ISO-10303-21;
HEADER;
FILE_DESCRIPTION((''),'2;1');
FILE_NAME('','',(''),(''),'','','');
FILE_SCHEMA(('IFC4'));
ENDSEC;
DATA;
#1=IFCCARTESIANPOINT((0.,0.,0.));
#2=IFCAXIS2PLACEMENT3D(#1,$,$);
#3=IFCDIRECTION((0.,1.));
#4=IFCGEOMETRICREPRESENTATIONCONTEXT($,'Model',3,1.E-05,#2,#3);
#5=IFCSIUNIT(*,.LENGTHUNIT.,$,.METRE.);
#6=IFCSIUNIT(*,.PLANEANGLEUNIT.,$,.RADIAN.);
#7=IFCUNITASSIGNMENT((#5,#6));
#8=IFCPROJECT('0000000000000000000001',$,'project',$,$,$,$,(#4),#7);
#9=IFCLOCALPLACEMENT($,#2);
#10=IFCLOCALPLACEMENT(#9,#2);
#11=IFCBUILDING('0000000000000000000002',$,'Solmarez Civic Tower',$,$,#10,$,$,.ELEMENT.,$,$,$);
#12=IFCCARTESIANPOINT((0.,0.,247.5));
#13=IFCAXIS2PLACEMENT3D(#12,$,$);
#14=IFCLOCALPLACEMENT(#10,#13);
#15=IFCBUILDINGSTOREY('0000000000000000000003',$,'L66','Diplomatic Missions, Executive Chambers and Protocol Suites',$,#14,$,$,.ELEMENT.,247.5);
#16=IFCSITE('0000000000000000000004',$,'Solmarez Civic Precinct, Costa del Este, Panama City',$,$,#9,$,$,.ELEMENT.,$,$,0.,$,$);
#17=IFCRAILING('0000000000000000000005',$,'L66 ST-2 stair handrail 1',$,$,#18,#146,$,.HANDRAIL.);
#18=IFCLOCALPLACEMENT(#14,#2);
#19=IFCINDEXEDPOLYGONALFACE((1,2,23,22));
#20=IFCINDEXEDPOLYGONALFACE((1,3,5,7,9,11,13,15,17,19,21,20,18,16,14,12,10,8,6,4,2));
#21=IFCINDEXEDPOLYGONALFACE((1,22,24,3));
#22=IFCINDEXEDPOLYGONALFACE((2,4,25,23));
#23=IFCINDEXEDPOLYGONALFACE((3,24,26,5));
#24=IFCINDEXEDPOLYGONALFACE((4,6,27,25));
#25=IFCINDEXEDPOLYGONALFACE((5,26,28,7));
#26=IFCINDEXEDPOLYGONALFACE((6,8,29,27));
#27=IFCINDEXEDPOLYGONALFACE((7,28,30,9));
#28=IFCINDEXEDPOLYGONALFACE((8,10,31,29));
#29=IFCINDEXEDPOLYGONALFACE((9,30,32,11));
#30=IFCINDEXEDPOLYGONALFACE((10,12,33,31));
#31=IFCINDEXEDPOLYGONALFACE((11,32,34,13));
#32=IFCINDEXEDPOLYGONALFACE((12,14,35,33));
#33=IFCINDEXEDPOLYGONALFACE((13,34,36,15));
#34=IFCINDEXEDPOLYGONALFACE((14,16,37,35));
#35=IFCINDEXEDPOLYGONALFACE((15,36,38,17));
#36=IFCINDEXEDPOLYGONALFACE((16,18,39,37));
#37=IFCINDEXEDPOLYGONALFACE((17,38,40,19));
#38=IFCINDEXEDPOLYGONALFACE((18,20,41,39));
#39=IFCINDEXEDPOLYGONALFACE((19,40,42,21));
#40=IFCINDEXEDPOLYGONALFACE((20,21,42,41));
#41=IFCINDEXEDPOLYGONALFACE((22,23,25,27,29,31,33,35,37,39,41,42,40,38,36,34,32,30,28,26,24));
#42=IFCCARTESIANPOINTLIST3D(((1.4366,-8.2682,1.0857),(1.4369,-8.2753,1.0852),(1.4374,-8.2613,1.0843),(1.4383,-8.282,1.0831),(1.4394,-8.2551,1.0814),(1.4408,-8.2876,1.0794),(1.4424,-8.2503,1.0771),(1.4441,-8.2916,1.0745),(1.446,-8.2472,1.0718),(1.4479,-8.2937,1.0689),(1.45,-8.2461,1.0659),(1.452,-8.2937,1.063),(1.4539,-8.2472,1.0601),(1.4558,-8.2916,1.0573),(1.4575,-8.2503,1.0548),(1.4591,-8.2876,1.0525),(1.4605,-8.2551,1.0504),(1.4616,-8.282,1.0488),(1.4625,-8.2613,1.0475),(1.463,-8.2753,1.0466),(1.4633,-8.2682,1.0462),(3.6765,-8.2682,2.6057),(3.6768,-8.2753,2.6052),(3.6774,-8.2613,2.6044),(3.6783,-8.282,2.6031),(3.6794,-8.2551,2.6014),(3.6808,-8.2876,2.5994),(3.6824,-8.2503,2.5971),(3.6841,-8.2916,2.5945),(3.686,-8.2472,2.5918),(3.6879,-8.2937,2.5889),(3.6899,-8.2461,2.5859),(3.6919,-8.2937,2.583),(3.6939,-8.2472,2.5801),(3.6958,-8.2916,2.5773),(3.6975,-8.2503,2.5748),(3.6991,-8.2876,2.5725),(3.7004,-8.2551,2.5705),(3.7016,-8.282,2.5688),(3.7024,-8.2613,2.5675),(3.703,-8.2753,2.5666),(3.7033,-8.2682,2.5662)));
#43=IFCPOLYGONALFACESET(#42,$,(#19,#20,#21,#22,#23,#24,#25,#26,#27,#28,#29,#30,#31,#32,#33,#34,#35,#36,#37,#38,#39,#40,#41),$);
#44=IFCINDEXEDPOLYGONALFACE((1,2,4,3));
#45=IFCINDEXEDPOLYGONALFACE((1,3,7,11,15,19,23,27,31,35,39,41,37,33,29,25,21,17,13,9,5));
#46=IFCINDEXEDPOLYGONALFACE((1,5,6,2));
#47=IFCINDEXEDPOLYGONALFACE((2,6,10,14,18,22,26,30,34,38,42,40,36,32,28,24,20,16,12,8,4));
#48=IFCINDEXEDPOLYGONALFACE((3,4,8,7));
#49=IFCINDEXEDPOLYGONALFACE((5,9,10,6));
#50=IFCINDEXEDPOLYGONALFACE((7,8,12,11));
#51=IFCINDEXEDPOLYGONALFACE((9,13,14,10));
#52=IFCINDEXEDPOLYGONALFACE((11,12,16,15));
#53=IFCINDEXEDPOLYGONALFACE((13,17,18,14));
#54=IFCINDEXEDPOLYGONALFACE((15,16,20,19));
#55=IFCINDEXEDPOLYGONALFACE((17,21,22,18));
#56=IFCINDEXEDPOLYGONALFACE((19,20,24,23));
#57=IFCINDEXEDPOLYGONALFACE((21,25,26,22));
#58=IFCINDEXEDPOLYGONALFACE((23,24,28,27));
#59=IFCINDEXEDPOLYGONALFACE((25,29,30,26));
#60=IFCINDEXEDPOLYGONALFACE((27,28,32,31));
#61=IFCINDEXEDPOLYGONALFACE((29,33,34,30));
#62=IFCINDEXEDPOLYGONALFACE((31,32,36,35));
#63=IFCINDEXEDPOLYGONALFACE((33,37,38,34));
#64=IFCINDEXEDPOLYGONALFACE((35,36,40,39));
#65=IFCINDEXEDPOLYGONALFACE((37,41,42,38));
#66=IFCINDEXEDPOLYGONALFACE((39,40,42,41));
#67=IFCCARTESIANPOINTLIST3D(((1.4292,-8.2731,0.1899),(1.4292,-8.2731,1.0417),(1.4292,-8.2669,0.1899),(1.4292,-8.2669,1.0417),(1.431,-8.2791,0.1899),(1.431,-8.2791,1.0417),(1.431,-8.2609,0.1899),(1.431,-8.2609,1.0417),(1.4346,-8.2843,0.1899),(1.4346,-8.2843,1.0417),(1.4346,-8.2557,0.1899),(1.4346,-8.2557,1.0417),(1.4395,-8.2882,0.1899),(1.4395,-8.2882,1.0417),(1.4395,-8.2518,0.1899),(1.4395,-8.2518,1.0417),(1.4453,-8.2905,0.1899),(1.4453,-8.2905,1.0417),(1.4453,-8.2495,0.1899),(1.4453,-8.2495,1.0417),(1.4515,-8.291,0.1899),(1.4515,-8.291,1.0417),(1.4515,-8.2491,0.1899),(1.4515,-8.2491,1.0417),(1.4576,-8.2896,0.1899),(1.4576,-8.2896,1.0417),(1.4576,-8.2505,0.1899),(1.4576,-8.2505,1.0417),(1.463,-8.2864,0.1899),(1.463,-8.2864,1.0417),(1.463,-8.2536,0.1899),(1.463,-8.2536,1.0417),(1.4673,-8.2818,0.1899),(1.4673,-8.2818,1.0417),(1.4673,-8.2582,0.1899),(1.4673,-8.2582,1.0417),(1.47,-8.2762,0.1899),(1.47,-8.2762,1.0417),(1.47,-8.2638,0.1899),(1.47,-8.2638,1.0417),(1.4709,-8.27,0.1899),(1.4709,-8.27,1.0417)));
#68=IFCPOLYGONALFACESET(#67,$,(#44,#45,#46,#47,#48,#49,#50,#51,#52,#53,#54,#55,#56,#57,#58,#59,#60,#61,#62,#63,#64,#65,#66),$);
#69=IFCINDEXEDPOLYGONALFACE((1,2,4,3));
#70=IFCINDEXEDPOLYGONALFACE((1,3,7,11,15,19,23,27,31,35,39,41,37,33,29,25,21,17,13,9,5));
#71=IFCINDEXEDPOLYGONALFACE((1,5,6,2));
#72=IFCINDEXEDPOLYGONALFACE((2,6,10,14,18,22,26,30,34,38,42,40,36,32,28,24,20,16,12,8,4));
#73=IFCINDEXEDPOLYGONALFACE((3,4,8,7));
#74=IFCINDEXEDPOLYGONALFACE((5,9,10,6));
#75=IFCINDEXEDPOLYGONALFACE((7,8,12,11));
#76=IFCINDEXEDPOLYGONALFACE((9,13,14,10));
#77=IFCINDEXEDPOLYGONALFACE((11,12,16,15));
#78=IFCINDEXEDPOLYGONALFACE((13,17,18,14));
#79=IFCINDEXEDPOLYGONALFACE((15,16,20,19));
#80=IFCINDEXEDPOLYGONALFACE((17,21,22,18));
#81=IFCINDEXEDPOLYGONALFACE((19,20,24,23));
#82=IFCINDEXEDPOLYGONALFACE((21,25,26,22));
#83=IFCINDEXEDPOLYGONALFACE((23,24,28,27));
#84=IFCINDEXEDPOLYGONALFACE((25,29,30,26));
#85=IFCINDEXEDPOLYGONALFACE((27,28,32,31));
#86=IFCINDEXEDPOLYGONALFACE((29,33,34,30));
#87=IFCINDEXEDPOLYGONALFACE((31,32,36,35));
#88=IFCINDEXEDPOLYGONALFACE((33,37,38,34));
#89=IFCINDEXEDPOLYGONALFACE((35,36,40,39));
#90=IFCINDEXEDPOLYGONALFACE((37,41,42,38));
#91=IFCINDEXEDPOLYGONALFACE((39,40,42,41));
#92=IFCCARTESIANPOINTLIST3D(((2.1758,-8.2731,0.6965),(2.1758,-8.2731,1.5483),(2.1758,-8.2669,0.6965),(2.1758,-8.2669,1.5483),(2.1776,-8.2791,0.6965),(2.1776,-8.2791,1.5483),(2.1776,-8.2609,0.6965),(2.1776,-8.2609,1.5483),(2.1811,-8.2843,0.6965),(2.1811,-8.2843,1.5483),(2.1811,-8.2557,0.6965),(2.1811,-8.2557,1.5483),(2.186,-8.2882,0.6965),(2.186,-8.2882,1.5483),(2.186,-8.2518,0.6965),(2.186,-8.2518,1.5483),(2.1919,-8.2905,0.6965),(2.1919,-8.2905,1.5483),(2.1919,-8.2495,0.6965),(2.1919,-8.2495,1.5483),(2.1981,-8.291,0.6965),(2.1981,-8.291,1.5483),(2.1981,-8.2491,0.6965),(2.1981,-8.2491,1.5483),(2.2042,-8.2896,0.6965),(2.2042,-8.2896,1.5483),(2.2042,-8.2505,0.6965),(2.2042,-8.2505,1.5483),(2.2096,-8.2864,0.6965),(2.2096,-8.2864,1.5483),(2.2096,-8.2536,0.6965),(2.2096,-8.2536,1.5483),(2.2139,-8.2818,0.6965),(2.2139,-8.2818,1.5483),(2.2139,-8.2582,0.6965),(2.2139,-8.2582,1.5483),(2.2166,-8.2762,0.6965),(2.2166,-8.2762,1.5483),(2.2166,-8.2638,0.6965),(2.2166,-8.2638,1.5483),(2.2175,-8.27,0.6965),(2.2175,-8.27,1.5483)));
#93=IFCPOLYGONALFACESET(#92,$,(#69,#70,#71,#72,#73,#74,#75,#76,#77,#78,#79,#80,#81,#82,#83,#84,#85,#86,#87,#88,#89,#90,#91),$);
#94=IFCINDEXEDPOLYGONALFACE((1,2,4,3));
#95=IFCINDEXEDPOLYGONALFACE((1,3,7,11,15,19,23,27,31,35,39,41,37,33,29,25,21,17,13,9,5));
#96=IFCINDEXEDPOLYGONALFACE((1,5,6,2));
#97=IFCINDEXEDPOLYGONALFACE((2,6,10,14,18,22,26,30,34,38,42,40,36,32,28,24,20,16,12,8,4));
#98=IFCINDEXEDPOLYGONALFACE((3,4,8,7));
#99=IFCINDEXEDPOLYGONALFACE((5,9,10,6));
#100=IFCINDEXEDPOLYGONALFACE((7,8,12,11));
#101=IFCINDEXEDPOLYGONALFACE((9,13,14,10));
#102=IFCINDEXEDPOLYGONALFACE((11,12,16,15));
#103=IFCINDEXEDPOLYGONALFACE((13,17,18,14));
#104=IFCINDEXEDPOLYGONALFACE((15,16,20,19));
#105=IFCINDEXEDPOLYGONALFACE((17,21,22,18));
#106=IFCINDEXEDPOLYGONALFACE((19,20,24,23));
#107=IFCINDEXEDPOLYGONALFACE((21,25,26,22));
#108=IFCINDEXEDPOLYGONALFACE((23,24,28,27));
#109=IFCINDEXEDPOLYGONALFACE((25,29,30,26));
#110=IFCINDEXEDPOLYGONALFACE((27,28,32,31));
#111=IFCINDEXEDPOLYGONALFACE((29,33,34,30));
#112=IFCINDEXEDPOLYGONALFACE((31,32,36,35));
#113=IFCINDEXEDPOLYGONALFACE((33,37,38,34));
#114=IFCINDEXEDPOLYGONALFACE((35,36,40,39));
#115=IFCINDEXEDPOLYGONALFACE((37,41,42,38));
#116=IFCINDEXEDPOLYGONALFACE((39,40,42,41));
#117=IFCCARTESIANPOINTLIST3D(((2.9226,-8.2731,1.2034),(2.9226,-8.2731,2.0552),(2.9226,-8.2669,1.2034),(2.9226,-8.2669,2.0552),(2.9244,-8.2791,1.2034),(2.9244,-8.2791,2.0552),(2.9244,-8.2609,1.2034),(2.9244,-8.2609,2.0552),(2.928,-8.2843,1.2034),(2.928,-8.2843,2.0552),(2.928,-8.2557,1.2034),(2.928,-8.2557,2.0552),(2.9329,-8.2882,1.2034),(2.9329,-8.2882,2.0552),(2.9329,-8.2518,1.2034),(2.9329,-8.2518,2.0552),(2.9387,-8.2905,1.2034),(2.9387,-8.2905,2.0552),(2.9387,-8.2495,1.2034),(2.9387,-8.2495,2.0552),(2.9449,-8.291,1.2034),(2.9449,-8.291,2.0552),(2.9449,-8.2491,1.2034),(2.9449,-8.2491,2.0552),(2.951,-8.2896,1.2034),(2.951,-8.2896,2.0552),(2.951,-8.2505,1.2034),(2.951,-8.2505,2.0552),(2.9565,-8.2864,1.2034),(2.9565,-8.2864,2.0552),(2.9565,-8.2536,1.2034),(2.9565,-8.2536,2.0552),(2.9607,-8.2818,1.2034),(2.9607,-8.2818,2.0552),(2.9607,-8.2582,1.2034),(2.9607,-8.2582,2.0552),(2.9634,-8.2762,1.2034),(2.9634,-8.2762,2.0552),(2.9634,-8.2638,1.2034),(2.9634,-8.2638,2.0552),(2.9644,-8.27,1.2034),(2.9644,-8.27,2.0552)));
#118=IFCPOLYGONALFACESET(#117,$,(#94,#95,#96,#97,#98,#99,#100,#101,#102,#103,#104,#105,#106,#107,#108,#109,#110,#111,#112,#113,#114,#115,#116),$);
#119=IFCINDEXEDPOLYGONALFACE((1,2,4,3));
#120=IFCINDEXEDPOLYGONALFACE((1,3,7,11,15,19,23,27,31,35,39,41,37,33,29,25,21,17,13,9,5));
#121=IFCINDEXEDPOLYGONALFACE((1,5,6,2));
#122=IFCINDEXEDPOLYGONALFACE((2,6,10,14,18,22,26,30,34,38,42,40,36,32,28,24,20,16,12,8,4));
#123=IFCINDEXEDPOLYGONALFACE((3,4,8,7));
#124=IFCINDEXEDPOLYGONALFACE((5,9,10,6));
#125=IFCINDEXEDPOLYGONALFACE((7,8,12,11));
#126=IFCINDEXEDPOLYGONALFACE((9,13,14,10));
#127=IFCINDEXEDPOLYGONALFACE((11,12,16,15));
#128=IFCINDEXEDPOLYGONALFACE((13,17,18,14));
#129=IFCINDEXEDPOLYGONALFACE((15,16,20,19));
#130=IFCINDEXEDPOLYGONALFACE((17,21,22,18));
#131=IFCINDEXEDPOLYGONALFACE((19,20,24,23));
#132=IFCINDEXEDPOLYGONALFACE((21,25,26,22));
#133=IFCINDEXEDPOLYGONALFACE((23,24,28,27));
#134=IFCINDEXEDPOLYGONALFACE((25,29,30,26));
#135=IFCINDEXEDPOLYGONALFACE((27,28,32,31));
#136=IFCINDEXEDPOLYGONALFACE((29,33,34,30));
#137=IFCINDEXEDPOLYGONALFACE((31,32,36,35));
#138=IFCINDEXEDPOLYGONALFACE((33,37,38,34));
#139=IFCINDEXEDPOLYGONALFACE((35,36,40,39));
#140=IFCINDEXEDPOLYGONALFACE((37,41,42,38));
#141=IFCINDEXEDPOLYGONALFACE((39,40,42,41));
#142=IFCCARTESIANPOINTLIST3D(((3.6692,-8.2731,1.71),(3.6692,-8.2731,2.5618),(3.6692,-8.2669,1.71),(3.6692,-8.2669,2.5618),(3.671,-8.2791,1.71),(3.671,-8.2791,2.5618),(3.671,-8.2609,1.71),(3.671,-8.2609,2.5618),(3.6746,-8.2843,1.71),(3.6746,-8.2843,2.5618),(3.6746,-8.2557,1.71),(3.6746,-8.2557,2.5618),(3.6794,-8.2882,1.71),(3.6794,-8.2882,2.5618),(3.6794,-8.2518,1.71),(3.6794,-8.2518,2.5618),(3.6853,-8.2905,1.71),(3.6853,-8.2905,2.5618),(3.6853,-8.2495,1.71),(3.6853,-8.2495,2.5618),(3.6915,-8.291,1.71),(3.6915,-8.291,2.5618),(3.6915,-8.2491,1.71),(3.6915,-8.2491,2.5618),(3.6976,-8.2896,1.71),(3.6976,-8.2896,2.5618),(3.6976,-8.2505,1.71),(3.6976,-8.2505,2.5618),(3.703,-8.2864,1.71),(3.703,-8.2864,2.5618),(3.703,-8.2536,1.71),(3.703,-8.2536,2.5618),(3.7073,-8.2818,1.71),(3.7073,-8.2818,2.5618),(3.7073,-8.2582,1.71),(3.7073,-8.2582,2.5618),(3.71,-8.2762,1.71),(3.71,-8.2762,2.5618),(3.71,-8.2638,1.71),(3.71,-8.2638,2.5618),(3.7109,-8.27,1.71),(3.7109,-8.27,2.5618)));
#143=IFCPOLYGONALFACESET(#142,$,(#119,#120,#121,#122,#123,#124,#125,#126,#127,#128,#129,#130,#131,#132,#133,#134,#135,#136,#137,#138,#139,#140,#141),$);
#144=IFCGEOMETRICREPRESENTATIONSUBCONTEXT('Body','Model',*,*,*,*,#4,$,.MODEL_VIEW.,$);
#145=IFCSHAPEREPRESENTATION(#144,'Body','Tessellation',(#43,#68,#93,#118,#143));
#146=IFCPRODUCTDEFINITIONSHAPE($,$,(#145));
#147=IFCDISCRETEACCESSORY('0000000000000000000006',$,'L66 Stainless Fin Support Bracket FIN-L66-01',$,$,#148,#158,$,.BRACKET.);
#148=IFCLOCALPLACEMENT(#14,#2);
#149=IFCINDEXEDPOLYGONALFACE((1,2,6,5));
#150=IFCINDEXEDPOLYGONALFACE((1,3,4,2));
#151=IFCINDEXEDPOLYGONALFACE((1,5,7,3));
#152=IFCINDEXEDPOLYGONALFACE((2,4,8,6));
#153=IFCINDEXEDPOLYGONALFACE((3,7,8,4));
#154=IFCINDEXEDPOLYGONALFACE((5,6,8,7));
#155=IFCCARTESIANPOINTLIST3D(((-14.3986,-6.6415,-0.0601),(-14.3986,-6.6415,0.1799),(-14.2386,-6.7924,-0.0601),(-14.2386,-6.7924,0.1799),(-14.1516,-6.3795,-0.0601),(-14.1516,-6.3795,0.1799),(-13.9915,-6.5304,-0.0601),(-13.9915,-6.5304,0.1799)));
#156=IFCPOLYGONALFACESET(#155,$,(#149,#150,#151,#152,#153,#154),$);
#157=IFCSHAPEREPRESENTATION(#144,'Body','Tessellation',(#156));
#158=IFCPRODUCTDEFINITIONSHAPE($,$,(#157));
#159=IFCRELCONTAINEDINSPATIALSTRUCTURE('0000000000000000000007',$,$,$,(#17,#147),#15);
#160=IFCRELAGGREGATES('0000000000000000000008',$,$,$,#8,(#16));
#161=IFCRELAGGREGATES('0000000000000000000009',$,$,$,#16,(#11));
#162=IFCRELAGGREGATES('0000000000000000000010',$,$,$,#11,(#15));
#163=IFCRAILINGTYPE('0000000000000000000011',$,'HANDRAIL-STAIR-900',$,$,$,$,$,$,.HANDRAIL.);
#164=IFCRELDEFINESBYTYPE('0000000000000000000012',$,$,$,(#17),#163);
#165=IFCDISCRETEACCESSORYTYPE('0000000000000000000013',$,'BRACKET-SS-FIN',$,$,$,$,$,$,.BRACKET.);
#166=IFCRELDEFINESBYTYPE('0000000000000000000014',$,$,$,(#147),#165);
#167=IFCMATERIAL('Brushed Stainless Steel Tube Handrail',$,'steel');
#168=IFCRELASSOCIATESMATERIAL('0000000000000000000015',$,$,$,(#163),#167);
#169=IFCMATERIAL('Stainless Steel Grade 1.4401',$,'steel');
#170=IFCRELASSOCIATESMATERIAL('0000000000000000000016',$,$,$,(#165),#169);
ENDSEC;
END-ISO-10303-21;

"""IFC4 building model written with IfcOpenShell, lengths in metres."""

from ifc_helpers import new_model, si_unit, direction, frame, origin, origin_2d, place, context, subcontext, project, spatial, rectangle, circle, extrude, material, type_object, element, save


model = new_model("IFC4")

# Units and contexts
model_context = context("Model", 3, precision=1e-05, world=origin(), true_north=direction((0.0, 1.0)))
body_context = subcontext(model_context, "Body", "Model", "MODEL_VIEW")
ifc_project = project(units=[si_unit("LENGTHUNIT", "METRE"), si_unit("PLANEANGLEUNIT", "RADIAN")], contexts=[model_context])

# Site, building, storey
site_placement = place(None, origin())
site = spatial("IfcSite", under=ifc_project, at=site_placement, Name="Solmarez Civic Precinct, Costa del Este, Panama City", CompositionType="ELEMENT", RefElevation=0.0)
building_placement = place(site_placement, origin())
building = spatial("IfcBuilding", under=site, at=building_placement, Name="Solmarez Civic Tower", CompositionType="ELEMENT")
storey_placement = place(building_placement, frame((0.0, 0.0, 247.5)))
storey = spatial("IfcBuildingStorey", under=building, at=storey_placement, Name="L66", Description="Diplomatic Missions, Executive Chambers and Protocol Suites", CompositionType="ELEMENT", Elevation=247.5)

# Railing
ifc_material_1 = material(Name="Brushed Stainless Steel Tube Handrail", Category="steel")
railing_type_1 = type_object("IfcRailingType", Name="HANDRAIL-STAIR-900", PredefinedType="HANDRAIL", material=ifc_material_1)
railing_1_placement = place(storey_placement, frame((1.45, -8.27, 0.1899)))
element("IfcRailing", 1, at=railing_1_placement, inside=storey, type_object=railing_type_1, Name="L66 ST-2 stair handrail 1", PredefinedType="HANDRAIL", context=body_context, shape_type="SweptSolid", body=[
    extrude(circle(Radius=0.0239, at=origin_2d()), frame((0.0, 0.0, 0.876), z_axis=(0.827471, 0.0, 0.561508), x_axis=(0.0, 1.0, 0.0)), (0.0, 0.0, 1.0), 2.707),
    extrude(circle(Radius=0.021, at=origin_2d()), origin(), (0.0, 0.0, 1.0), 0.8518),
    extrude(circle(Radius=0.021, at=origin_2d()), frame((0.7466, 0.0, 0.5066)), (0.0, 0.0, 1.0), 0.8518),
    extrude(circle(Radius=0.021, at=origin_2d()), frame((1.4934, 0.0, 1.0134)), (0.0, 0.0, 1.0), 0.8518),
    extrude(circle(Radius=0.021, at=origin_2d()), frame((2.24, 0.0, 1.52)), (0.0, 0.0, 1.0), 0.8518),
])

# Discrete accessory
ifc_material_2 = material(Name="Stainless Steel Grade 1.4401", Category="steel")
discrete_accessory_type = type_object("IfcDiscreteAccessoryType", Name="BRACKET-SS-FIN", PredefinedType="BRACKET", material=ifc_material_2)
discrete_accessory_placement = place(storey_placement, frame((-14.1951, -6.5859, -0.0601), z_axis=(0.0, 0.0, 1.0), x_axis=(-0.686067, -0.727538, 0.0)))
element("IfcDiscreteAccessory", 2, at=discrete_accessory_placement, inside=storey, type_object=discrete_accessory_type, Name="L66 Stainless Fin Support Bracket FIN-L66-01", PredefinedType="BRACKET", context=body_context, shape_type="SweptSolid", body=[
    extrude(rectangle(XDim=0.3601, YDim=0.22, at=origin_2d()), origin(), (0.0, 0.0, 1.0), 0.24),
])

save(model, "model.ifc")
